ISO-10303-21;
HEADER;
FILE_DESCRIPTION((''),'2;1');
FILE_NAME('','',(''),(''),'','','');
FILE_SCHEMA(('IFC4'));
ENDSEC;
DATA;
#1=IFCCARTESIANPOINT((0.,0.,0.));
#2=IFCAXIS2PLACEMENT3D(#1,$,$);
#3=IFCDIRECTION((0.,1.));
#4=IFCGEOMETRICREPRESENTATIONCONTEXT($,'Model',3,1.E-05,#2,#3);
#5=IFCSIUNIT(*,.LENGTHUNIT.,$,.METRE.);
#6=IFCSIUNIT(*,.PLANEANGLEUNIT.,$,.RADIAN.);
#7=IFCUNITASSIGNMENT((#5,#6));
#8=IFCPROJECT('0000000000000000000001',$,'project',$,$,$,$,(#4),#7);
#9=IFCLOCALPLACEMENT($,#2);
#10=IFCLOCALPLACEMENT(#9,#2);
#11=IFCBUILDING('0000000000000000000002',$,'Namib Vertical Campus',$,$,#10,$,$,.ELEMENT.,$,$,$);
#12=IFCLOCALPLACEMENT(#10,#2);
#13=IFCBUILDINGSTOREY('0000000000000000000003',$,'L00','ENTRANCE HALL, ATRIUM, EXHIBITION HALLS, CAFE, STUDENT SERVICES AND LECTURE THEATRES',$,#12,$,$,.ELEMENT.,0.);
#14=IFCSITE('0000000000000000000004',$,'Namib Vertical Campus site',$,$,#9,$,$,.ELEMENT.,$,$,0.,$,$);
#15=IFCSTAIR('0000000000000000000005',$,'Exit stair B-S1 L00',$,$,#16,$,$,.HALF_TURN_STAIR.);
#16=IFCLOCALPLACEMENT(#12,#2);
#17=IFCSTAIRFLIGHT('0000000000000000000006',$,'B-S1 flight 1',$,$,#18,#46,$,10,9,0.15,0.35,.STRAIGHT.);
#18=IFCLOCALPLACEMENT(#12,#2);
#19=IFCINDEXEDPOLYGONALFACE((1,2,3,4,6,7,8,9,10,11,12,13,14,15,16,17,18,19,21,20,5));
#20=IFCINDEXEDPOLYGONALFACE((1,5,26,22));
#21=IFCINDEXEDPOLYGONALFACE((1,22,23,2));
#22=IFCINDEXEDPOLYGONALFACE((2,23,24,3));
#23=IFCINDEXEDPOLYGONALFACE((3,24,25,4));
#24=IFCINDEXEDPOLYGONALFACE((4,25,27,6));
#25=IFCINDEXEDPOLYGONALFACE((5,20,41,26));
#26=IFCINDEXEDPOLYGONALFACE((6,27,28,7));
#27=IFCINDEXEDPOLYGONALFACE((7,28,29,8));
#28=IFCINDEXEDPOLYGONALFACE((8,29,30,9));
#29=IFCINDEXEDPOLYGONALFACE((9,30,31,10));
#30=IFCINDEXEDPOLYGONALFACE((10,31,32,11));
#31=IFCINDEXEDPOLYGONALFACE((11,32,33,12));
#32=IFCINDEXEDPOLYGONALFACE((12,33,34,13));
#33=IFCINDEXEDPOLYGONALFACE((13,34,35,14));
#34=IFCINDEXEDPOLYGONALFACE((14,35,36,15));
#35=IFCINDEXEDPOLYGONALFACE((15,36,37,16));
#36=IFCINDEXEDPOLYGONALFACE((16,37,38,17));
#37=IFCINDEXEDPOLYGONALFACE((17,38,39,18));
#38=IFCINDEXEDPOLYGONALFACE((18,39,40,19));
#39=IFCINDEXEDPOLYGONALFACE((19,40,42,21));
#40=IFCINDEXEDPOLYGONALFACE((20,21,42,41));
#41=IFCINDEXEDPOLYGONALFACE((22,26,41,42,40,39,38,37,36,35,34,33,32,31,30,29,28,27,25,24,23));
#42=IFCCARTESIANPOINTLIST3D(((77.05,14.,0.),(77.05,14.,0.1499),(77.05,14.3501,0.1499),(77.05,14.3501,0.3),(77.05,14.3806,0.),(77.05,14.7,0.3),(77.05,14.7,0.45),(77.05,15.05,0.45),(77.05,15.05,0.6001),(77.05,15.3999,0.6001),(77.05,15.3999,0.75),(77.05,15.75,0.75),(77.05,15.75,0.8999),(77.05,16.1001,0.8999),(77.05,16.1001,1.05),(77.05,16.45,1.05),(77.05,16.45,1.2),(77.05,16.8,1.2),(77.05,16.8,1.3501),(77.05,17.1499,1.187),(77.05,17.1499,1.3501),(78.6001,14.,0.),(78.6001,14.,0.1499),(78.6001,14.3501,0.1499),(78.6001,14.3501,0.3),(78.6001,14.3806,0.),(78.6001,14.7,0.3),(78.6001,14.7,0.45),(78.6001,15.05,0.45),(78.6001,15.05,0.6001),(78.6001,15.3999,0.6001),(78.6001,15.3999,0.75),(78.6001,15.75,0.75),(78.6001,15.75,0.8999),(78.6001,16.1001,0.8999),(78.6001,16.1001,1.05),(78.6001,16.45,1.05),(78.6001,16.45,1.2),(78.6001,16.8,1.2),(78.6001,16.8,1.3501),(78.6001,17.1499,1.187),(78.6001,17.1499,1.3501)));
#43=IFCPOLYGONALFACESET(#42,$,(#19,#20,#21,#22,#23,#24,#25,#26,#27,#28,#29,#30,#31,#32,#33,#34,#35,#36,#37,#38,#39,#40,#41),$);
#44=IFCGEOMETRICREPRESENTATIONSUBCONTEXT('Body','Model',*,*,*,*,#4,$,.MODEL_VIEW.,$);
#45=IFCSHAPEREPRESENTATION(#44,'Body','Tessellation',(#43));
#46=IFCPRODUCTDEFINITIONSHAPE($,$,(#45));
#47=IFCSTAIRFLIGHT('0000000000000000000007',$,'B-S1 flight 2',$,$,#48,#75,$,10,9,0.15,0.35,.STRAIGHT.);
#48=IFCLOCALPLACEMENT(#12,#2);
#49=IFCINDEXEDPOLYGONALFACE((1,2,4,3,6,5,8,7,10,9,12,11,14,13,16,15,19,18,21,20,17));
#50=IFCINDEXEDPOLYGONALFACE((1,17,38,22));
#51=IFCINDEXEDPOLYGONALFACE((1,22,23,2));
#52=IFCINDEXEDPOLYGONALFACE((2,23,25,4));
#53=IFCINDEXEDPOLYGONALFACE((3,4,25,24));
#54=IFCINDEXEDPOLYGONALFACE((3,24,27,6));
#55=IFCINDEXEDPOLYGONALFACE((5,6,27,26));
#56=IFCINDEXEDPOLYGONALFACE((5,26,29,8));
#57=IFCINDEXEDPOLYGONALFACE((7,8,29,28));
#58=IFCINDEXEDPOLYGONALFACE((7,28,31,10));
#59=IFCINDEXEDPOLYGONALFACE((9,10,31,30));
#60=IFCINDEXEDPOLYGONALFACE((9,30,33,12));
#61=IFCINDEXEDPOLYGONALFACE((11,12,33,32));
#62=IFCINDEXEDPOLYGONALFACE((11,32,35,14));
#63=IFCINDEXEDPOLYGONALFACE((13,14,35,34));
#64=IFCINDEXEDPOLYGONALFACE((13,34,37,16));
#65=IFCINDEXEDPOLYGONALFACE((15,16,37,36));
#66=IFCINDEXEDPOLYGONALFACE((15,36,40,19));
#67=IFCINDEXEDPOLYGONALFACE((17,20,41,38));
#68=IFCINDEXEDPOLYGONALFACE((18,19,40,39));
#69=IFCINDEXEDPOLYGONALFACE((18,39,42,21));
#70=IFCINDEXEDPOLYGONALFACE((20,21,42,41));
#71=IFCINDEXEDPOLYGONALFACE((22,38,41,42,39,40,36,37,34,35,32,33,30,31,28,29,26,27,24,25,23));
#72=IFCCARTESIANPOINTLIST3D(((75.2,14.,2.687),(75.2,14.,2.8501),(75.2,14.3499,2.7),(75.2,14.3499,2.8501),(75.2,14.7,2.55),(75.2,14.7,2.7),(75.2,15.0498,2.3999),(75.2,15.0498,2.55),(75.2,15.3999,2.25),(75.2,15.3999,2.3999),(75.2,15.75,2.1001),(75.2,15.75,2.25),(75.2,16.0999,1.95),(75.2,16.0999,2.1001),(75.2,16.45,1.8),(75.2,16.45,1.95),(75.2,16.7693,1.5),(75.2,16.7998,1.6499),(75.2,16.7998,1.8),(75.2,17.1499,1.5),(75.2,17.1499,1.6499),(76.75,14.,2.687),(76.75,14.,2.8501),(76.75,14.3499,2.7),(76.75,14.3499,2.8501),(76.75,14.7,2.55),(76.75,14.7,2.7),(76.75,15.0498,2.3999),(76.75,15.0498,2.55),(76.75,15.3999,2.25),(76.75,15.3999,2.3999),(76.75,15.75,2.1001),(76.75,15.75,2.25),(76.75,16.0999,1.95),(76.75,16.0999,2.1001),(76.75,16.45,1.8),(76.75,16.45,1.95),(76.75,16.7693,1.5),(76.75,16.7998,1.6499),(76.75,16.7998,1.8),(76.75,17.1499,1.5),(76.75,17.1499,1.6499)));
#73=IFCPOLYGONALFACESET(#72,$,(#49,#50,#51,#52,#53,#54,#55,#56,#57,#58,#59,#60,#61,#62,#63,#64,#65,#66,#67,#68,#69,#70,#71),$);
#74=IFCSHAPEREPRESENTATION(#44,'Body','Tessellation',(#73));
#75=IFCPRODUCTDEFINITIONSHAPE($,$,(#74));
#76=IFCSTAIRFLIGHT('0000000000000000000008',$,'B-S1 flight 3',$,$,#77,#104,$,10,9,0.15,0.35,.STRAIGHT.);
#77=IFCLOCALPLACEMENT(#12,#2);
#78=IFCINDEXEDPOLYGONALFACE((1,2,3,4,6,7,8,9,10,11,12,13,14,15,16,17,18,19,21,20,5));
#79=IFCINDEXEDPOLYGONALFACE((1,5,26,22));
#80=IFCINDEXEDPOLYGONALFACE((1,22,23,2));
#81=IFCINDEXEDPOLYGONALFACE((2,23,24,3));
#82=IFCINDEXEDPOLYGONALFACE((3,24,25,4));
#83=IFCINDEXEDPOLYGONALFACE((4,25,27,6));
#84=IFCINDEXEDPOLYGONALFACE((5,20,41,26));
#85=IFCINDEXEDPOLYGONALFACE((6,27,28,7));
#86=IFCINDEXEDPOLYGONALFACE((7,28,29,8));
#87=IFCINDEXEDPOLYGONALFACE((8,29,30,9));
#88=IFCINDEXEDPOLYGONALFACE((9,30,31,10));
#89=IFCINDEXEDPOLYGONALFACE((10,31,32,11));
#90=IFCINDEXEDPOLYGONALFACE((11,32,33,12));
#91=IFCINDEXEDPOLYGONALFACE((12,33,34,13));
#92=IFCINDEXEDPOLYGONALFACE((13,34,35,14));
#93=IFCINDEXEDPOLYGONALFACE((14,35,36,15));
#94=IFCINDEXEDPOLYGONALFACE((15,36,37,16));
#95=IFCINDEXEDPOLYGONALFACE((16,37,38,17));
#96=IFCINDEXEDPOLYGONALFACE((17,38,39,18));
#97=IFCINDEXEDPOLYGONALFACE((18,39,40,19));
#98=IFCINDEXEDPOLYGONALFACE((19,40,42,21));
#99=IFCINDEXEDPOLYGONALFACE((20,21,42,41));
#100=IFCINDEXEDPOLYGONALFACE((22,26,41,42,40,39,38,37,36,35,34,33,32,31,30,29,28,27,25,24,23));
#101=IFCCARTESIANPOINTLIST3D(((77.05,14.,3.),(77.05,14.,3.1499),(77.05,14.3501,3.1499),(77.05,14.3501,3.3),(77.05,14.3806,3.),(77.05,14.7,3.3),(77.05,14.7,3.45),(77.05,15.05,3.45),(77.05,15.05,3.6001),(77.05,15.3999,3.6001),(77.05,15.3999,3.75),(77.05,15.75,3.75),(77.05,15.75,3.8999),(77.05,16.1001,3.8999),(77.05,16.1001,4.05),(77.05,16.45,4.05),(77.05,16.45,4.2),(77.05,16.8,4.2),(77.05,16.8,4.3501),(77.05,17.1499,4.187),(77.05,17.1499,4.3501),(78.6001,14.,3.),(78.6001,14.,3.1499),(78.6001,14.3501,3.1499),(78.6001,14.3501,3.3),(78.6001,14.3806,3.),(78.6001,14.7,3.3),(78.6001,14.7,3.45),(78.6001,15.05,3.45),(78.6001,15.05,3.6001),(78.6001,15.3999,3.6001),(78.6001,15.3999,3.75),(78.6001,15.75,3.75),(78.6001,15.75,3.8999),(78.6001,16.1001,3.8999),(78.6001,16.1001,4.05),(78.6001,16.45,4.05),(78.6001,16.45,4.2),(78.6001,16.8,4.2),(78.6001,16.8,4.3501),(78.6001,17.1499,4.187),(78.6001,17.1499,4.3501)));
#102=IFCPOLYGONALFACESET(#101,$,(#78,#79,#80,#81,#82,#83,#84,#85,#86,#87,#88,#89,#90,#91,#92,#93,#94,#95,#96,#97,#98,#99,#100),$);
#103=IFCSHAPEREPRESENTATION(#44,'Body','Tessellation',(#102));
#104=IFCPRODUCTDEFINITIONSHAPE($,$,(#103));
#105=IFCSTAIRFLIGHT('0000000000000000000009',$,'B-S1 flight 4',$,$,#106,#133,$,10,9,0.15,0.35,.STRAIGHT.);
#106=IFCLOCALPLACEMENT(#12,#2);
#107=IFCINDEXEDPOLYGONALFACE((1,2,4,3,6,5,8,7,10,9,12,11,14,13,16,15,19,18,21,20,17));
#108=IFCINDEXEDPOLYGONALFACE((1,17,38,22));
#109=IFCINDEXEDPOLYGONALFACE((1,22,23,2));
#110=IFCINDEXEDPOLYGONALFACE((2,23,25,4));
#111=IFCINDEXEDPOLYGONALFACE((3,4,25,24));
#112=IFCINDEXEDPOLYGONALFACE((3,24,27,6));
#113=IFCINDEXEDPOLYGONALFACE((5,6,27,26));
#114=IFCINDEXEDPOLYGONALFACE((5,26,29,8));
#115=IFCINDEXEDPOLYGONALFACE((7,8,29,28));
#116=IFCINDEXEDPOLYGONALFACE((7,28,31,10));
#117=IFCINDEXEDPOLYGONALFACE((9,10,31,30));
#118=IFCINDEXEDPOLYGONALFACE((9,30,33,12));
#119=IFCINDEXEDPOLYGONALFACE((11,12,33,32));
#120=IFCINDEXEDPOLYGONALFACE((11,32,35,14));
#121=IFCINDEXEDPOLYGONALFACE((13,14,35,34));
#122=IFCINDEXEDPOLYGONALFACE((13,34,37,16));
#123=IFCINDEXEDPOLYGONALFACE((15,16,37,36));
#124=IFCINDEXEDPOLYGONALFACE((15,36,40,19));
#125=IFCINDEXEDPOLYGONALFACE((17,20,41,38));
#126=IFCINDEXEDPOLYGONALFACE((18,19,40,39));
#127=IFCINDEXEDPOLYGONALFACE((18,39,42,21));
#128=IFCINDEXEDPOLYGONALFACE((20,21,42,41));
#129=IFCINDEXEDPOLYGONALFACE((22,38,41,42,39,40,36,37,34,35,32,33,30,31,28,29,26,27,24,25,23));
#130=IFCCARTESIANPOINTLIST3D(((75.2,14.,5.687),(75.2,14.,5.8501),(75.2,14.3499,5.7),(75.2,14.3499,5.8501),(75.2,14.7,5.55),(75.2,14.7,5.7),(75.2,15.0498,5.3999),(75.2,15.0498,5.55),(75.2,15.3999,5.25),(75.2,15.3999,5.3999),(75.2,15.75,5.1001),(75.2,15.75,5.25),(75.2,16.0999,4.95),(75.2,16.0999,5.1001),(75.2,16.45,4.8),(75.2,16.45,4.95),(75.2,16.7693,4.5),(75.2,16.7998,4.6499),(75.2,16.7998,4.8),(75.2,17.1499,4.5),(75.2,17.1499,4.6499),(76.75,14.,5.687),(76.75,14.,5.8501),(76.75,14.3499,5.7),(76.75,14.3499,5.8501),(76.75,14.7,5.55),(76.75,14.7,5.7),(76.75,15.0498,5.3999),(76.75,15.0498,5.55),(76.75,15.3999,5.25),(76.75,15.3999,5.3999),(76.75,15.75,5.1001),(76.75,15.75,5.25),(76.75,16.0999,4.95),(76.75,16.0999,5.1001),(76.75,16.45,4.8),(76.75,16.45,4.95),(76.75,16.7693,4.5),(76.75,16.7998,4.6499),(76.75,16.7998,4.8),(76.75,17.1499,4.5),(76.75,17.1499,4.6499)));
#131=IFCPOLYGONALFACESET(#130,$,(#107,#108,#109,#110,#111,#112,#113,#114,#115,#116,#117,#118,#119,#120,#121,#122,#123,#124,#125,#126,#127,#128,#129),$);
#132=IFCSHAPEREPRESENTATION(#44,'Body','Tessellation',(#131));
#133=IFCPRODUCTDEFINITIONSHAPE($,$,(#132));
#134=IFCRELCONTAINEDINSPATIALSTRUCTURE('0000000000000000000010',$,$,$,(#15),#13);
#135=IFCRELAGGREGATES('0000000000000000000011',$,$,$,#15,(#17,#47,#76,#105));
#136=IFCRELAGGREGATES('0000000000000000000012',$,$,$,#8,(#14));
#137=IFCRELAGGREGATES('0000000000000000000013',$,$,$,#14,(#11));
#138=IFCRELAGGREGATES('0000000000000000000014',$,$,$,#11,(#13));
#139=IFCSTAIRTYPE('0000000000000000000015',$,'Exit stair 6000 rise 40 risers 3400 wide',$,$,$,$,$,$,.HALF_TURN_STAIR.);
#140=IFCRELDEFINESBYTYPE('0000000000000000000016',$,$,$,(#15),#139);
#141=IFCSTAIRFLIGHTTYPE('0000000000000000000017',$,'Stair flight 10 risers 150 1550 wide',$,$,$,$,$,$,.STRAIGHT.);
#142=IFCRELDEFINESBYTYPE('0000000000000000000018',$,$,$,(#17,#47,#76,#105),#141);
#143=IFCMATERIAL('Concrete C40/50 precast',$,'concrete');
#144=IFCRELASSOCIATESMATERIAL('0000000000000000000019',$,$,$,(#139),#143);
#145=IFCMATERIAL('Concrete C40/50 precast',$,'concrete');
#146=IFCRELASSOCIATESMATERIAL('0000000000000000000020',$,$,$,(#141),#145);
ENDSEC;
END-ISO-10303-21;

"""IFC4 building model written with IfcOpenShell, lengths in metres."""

from ifc_helpers import new_model, si_unit, direction, frame, origin, place, context, subcontext, project, spatial, polyline, outline, extrude, material, type_object, element, aggregate, save


model = new_model("IFC4")

# Units and contexts
model_context = context("Model", 3, precision=1e-05, world=origin(), true_north=direction((0.0, 1.0)))
body_context = subcontext(model_context, "Body", "Model", "MODEL_VIEW")
ifc_project = project(units=[si_unit("LENGTHUNIT", "METRE"), si_unit("PLANEANGLEUNIT", "RADIAN")], contexts=[model_context])

# Site, building, storey
site_placement = place(None, origin())
site = spatial("IfcSite", under=ifc_project, at=site_placement, Name="Namib Vertical Campus site", CompositionType="ELEMENT", RefElevation=0.0)
building_placement = place(site_placement, origin())
building = spatial("IfcBuilding", under=site, at=building_placement, Name="Namib Vertical Campus", CompositionType="ELEMENT")
storey_placement = place(building_placement, origin())
storey = spatial("IfcBuildingStorey", under=building, at=storey_placement, Name="L00", Description="ENTRANCE HALL, ATRIUM, EXHIBITION HALLS, CAFE, STUDENT SERVICES AND LECTURE THEATRES", CompositionType="ELEMENT", Elevation=0.0)

# Stair, stair flights
ifc_material_1 = material(Name="Concrete C40/50 precast", Category="concrete")
stair_type = type_object("IfcStairType", Name="Exit stair 6000 rise 40 risers 3400 wide", PredefinedType="HALF_TURN_STAIR", material=ifc_material_1)
stair_placement = place(storey_placement, origin())
stair = element("IfcStair", 1, at=stair_placement, inside=storey, type_object=stair_type, Name="Exit stair B-S1 L00", PredefinedType="HALF_TURN_STAIR")
ifc_material_2 = material(Name="Concrete C40/50 precast", Category="concrete")
stair_flight_type = type_object("IfcStairFlightType", Name="Stair flight 10 risers 150 1550 wide", PredefinedType="STRAIGHT", material=ifc_material_2)
stair_flight_1_placement = place(storey_placement, frame((77.825, 14.0, 0.0), z_axis=(0.0, 0.0, 1.0), x_axis=(0.0, 1.0, 0.0)))
stair_flight_1 = element("IfcStairFlight", 2, at=stair_flight_1_placement, type_object=stair_flight_type, Name="B-S1 flight 1", NumberOfRisers=10, NumberOfTreads=9, PredefinedType="STRAIGHT", RiserHeight=0.15, TreadLength=0.35, context=body_context, shape_type="SweptSolid", body=[
    extrude(outline(polyline([(0.0, 0.0), (0.0, 0.1499), (0.3501, 0.1499), (0.3501, 0.3), (0.7, 0.3), (0.7, 0.45), (1.05, 0.45), (1.05, 0.6001), (1.3999, 0.6001), (1.3999, 0.75), (1.75, 0.75), (1.75, 0.8999), (2.1001, 0.8999), (2.1001, 1.05), (2.45, 1.05), (2.45, 1.2), (2.8, 1.2), (2.8, 1.3501), (3.1499, 1.3501), (3.1499, 1.5), (3.1499, 1.187), (0.3806, 0.0), (0.0, 0.0)])), frame((0.0, 0.7749, 0.0), z_axis=(0.0, -1.0, 0.0), x_axis=(1.0, 0.0, 0.0)), (0.0, 0.0, 1.0), 1.55),
])
stair_flight_2_placement = place(storey_placement, frame((75.9751, 17.1499, 1.5), z_axis=(0.0, 0.0, 1.0), x_axis=(0.0, -1.0, 0.0)))
stair_flight_2 = element("IfcStairFlight", 3, at=stair_flight_2_placement, type_object=stair_flight_type, Name="B-S1 flight 2", NumberOfRisers=10, NumberOfTreads=9, PredefinedType="STRAIGHT", RiserHeight=0.15, TreadLength=0.35, context=body_context, shape_type="SweptSolid", body=[
    extrude(outline(polyline([(0.0, 0.0), (0.0, 0.1499), (0.3501, 0.1499), (0.3501, 0.3), (0.7, 0.3), (0.7, 0.45), (1.05, 0.45), (1.05, 0.6001), (1.3999, 0.6001), (1.3999, 0.75), (1.75, 0.75), (1.75, 0.8999), (2.1001, 0.8999), (2.1001, 1.05), (2.45, 1.05), (2.45, 1.2), (2.8, 1.2), (2.8, 1.3501), (3.1499, 1.3501), (3.1499, 1.5), (3.1499, 1.187), (0.3806, 0.0), (0.0, 0.0)])), frame((0.0, 0.7749, 0.0), z_axis=(0.0, -1.0, 0.0), x_axis=(1.0, 0.0, 0.0)), (0.0, 0.0, 1.0), 1.55),
])
stair_flight_3_placement = place(storey_placement, frame((77.825, 14.0, 3.0), z_axis=(0.0, 0.0, 1.0), x_axis=(0.0, 1.0, 0.0)))
stair_flight_3 = element("IfcStairFlight", 4, at=stair_flight_3_placement, type_object=stair_flight_type, Name="B-S1 flight 3", NumberOfRisers=10, NumberOfTreads=9, PredefinedType="STRAIGHT", RiserHeight=0.15, TreadLength=0.35, context=body_context, shape_type="SweptSolid", body=[
    extrude(outline(polyline([(0.0, 0.0), (0.0, 0.1499), (0.3501, 0.1499), (0.3501, 0.3), (0.7, 0.3), (0.7, 0.45), (1.05, 0.45), (1.05, 0.6001), (1.3999, 0.6001), (1.3999, 0.75), (1.75, 0.75), (1.75, 0.8999), (2.1001, 0.8999), (2.1001, 1.05), (2.45, 1.05), (2.45, 1.2), (2.8, 1.2), (2.8, 1.3501), (3.1499, 1.3501), (3.1499, 1.5), (3.1499, 1.187), (0.3806, 0.0), (0.0, 0.0)])), frame((0.0, 0.7749, 0.0), z_axis=(0.0, -1.0, 0.0), x_axis=(1.0, 0.0, 0.0)), (0.0, 0.0, 1.0), 1.55),
])
stair_flight_4_placement = place(storey_placement, frame((75.9751, 17.1499, 4.5), z_axis=(0.0, 0.0, 1.0), x_axis=(0.0, -1.0, 0.0)))
stair_flight_4 = element("IfcStairFlight", 5, at=stair_flight_4_placement, type_object=stair_flight_type, Name="B-S1 flight 4", NumberOfRisers=10, NumberOfTreads=9, PredefinedType="STRAIGHT", RiserHeight=0.15, TreadLength=0.35, context=body_context, shape_type="SweptSolid", body=[
    extrude(outline(polyline([(0.0, 0.0), (0.0, 0.1499), (0.3501, 0.1499), (0.3501, 0.3), (0.7, 0.3), (0.7, 0.45), (1.05, 0.45), (1.05, 0.6001), (1.3999, 0.6001), (1.3999, 0.75), (1.75, 0.75), (1.75, 0.8999), (2.1001, 0.8999), (2.1001, 1.05), (2.45, 1.05), (2.45, 1.2), (2.8, 1.2), (2.8, 1.3501), (3.1499, 1.3501), (3.1499, 1.5), (3.1499, 1.187), (0.3806, 0.0), (0.0, 0.0)])), frame((0.0, 0.7749, 0.0), z_axis=(0.0, -1.0, 0.0), x_axis=(1.0, 0.0, 0.0)), (0.0, 0.0, 1.0), 1.55),
])
aggregate(stair, [stair_flight_1, stair_flight_2, stair_flight_3, stair_flight_4])

save(model, "model.ifc")
